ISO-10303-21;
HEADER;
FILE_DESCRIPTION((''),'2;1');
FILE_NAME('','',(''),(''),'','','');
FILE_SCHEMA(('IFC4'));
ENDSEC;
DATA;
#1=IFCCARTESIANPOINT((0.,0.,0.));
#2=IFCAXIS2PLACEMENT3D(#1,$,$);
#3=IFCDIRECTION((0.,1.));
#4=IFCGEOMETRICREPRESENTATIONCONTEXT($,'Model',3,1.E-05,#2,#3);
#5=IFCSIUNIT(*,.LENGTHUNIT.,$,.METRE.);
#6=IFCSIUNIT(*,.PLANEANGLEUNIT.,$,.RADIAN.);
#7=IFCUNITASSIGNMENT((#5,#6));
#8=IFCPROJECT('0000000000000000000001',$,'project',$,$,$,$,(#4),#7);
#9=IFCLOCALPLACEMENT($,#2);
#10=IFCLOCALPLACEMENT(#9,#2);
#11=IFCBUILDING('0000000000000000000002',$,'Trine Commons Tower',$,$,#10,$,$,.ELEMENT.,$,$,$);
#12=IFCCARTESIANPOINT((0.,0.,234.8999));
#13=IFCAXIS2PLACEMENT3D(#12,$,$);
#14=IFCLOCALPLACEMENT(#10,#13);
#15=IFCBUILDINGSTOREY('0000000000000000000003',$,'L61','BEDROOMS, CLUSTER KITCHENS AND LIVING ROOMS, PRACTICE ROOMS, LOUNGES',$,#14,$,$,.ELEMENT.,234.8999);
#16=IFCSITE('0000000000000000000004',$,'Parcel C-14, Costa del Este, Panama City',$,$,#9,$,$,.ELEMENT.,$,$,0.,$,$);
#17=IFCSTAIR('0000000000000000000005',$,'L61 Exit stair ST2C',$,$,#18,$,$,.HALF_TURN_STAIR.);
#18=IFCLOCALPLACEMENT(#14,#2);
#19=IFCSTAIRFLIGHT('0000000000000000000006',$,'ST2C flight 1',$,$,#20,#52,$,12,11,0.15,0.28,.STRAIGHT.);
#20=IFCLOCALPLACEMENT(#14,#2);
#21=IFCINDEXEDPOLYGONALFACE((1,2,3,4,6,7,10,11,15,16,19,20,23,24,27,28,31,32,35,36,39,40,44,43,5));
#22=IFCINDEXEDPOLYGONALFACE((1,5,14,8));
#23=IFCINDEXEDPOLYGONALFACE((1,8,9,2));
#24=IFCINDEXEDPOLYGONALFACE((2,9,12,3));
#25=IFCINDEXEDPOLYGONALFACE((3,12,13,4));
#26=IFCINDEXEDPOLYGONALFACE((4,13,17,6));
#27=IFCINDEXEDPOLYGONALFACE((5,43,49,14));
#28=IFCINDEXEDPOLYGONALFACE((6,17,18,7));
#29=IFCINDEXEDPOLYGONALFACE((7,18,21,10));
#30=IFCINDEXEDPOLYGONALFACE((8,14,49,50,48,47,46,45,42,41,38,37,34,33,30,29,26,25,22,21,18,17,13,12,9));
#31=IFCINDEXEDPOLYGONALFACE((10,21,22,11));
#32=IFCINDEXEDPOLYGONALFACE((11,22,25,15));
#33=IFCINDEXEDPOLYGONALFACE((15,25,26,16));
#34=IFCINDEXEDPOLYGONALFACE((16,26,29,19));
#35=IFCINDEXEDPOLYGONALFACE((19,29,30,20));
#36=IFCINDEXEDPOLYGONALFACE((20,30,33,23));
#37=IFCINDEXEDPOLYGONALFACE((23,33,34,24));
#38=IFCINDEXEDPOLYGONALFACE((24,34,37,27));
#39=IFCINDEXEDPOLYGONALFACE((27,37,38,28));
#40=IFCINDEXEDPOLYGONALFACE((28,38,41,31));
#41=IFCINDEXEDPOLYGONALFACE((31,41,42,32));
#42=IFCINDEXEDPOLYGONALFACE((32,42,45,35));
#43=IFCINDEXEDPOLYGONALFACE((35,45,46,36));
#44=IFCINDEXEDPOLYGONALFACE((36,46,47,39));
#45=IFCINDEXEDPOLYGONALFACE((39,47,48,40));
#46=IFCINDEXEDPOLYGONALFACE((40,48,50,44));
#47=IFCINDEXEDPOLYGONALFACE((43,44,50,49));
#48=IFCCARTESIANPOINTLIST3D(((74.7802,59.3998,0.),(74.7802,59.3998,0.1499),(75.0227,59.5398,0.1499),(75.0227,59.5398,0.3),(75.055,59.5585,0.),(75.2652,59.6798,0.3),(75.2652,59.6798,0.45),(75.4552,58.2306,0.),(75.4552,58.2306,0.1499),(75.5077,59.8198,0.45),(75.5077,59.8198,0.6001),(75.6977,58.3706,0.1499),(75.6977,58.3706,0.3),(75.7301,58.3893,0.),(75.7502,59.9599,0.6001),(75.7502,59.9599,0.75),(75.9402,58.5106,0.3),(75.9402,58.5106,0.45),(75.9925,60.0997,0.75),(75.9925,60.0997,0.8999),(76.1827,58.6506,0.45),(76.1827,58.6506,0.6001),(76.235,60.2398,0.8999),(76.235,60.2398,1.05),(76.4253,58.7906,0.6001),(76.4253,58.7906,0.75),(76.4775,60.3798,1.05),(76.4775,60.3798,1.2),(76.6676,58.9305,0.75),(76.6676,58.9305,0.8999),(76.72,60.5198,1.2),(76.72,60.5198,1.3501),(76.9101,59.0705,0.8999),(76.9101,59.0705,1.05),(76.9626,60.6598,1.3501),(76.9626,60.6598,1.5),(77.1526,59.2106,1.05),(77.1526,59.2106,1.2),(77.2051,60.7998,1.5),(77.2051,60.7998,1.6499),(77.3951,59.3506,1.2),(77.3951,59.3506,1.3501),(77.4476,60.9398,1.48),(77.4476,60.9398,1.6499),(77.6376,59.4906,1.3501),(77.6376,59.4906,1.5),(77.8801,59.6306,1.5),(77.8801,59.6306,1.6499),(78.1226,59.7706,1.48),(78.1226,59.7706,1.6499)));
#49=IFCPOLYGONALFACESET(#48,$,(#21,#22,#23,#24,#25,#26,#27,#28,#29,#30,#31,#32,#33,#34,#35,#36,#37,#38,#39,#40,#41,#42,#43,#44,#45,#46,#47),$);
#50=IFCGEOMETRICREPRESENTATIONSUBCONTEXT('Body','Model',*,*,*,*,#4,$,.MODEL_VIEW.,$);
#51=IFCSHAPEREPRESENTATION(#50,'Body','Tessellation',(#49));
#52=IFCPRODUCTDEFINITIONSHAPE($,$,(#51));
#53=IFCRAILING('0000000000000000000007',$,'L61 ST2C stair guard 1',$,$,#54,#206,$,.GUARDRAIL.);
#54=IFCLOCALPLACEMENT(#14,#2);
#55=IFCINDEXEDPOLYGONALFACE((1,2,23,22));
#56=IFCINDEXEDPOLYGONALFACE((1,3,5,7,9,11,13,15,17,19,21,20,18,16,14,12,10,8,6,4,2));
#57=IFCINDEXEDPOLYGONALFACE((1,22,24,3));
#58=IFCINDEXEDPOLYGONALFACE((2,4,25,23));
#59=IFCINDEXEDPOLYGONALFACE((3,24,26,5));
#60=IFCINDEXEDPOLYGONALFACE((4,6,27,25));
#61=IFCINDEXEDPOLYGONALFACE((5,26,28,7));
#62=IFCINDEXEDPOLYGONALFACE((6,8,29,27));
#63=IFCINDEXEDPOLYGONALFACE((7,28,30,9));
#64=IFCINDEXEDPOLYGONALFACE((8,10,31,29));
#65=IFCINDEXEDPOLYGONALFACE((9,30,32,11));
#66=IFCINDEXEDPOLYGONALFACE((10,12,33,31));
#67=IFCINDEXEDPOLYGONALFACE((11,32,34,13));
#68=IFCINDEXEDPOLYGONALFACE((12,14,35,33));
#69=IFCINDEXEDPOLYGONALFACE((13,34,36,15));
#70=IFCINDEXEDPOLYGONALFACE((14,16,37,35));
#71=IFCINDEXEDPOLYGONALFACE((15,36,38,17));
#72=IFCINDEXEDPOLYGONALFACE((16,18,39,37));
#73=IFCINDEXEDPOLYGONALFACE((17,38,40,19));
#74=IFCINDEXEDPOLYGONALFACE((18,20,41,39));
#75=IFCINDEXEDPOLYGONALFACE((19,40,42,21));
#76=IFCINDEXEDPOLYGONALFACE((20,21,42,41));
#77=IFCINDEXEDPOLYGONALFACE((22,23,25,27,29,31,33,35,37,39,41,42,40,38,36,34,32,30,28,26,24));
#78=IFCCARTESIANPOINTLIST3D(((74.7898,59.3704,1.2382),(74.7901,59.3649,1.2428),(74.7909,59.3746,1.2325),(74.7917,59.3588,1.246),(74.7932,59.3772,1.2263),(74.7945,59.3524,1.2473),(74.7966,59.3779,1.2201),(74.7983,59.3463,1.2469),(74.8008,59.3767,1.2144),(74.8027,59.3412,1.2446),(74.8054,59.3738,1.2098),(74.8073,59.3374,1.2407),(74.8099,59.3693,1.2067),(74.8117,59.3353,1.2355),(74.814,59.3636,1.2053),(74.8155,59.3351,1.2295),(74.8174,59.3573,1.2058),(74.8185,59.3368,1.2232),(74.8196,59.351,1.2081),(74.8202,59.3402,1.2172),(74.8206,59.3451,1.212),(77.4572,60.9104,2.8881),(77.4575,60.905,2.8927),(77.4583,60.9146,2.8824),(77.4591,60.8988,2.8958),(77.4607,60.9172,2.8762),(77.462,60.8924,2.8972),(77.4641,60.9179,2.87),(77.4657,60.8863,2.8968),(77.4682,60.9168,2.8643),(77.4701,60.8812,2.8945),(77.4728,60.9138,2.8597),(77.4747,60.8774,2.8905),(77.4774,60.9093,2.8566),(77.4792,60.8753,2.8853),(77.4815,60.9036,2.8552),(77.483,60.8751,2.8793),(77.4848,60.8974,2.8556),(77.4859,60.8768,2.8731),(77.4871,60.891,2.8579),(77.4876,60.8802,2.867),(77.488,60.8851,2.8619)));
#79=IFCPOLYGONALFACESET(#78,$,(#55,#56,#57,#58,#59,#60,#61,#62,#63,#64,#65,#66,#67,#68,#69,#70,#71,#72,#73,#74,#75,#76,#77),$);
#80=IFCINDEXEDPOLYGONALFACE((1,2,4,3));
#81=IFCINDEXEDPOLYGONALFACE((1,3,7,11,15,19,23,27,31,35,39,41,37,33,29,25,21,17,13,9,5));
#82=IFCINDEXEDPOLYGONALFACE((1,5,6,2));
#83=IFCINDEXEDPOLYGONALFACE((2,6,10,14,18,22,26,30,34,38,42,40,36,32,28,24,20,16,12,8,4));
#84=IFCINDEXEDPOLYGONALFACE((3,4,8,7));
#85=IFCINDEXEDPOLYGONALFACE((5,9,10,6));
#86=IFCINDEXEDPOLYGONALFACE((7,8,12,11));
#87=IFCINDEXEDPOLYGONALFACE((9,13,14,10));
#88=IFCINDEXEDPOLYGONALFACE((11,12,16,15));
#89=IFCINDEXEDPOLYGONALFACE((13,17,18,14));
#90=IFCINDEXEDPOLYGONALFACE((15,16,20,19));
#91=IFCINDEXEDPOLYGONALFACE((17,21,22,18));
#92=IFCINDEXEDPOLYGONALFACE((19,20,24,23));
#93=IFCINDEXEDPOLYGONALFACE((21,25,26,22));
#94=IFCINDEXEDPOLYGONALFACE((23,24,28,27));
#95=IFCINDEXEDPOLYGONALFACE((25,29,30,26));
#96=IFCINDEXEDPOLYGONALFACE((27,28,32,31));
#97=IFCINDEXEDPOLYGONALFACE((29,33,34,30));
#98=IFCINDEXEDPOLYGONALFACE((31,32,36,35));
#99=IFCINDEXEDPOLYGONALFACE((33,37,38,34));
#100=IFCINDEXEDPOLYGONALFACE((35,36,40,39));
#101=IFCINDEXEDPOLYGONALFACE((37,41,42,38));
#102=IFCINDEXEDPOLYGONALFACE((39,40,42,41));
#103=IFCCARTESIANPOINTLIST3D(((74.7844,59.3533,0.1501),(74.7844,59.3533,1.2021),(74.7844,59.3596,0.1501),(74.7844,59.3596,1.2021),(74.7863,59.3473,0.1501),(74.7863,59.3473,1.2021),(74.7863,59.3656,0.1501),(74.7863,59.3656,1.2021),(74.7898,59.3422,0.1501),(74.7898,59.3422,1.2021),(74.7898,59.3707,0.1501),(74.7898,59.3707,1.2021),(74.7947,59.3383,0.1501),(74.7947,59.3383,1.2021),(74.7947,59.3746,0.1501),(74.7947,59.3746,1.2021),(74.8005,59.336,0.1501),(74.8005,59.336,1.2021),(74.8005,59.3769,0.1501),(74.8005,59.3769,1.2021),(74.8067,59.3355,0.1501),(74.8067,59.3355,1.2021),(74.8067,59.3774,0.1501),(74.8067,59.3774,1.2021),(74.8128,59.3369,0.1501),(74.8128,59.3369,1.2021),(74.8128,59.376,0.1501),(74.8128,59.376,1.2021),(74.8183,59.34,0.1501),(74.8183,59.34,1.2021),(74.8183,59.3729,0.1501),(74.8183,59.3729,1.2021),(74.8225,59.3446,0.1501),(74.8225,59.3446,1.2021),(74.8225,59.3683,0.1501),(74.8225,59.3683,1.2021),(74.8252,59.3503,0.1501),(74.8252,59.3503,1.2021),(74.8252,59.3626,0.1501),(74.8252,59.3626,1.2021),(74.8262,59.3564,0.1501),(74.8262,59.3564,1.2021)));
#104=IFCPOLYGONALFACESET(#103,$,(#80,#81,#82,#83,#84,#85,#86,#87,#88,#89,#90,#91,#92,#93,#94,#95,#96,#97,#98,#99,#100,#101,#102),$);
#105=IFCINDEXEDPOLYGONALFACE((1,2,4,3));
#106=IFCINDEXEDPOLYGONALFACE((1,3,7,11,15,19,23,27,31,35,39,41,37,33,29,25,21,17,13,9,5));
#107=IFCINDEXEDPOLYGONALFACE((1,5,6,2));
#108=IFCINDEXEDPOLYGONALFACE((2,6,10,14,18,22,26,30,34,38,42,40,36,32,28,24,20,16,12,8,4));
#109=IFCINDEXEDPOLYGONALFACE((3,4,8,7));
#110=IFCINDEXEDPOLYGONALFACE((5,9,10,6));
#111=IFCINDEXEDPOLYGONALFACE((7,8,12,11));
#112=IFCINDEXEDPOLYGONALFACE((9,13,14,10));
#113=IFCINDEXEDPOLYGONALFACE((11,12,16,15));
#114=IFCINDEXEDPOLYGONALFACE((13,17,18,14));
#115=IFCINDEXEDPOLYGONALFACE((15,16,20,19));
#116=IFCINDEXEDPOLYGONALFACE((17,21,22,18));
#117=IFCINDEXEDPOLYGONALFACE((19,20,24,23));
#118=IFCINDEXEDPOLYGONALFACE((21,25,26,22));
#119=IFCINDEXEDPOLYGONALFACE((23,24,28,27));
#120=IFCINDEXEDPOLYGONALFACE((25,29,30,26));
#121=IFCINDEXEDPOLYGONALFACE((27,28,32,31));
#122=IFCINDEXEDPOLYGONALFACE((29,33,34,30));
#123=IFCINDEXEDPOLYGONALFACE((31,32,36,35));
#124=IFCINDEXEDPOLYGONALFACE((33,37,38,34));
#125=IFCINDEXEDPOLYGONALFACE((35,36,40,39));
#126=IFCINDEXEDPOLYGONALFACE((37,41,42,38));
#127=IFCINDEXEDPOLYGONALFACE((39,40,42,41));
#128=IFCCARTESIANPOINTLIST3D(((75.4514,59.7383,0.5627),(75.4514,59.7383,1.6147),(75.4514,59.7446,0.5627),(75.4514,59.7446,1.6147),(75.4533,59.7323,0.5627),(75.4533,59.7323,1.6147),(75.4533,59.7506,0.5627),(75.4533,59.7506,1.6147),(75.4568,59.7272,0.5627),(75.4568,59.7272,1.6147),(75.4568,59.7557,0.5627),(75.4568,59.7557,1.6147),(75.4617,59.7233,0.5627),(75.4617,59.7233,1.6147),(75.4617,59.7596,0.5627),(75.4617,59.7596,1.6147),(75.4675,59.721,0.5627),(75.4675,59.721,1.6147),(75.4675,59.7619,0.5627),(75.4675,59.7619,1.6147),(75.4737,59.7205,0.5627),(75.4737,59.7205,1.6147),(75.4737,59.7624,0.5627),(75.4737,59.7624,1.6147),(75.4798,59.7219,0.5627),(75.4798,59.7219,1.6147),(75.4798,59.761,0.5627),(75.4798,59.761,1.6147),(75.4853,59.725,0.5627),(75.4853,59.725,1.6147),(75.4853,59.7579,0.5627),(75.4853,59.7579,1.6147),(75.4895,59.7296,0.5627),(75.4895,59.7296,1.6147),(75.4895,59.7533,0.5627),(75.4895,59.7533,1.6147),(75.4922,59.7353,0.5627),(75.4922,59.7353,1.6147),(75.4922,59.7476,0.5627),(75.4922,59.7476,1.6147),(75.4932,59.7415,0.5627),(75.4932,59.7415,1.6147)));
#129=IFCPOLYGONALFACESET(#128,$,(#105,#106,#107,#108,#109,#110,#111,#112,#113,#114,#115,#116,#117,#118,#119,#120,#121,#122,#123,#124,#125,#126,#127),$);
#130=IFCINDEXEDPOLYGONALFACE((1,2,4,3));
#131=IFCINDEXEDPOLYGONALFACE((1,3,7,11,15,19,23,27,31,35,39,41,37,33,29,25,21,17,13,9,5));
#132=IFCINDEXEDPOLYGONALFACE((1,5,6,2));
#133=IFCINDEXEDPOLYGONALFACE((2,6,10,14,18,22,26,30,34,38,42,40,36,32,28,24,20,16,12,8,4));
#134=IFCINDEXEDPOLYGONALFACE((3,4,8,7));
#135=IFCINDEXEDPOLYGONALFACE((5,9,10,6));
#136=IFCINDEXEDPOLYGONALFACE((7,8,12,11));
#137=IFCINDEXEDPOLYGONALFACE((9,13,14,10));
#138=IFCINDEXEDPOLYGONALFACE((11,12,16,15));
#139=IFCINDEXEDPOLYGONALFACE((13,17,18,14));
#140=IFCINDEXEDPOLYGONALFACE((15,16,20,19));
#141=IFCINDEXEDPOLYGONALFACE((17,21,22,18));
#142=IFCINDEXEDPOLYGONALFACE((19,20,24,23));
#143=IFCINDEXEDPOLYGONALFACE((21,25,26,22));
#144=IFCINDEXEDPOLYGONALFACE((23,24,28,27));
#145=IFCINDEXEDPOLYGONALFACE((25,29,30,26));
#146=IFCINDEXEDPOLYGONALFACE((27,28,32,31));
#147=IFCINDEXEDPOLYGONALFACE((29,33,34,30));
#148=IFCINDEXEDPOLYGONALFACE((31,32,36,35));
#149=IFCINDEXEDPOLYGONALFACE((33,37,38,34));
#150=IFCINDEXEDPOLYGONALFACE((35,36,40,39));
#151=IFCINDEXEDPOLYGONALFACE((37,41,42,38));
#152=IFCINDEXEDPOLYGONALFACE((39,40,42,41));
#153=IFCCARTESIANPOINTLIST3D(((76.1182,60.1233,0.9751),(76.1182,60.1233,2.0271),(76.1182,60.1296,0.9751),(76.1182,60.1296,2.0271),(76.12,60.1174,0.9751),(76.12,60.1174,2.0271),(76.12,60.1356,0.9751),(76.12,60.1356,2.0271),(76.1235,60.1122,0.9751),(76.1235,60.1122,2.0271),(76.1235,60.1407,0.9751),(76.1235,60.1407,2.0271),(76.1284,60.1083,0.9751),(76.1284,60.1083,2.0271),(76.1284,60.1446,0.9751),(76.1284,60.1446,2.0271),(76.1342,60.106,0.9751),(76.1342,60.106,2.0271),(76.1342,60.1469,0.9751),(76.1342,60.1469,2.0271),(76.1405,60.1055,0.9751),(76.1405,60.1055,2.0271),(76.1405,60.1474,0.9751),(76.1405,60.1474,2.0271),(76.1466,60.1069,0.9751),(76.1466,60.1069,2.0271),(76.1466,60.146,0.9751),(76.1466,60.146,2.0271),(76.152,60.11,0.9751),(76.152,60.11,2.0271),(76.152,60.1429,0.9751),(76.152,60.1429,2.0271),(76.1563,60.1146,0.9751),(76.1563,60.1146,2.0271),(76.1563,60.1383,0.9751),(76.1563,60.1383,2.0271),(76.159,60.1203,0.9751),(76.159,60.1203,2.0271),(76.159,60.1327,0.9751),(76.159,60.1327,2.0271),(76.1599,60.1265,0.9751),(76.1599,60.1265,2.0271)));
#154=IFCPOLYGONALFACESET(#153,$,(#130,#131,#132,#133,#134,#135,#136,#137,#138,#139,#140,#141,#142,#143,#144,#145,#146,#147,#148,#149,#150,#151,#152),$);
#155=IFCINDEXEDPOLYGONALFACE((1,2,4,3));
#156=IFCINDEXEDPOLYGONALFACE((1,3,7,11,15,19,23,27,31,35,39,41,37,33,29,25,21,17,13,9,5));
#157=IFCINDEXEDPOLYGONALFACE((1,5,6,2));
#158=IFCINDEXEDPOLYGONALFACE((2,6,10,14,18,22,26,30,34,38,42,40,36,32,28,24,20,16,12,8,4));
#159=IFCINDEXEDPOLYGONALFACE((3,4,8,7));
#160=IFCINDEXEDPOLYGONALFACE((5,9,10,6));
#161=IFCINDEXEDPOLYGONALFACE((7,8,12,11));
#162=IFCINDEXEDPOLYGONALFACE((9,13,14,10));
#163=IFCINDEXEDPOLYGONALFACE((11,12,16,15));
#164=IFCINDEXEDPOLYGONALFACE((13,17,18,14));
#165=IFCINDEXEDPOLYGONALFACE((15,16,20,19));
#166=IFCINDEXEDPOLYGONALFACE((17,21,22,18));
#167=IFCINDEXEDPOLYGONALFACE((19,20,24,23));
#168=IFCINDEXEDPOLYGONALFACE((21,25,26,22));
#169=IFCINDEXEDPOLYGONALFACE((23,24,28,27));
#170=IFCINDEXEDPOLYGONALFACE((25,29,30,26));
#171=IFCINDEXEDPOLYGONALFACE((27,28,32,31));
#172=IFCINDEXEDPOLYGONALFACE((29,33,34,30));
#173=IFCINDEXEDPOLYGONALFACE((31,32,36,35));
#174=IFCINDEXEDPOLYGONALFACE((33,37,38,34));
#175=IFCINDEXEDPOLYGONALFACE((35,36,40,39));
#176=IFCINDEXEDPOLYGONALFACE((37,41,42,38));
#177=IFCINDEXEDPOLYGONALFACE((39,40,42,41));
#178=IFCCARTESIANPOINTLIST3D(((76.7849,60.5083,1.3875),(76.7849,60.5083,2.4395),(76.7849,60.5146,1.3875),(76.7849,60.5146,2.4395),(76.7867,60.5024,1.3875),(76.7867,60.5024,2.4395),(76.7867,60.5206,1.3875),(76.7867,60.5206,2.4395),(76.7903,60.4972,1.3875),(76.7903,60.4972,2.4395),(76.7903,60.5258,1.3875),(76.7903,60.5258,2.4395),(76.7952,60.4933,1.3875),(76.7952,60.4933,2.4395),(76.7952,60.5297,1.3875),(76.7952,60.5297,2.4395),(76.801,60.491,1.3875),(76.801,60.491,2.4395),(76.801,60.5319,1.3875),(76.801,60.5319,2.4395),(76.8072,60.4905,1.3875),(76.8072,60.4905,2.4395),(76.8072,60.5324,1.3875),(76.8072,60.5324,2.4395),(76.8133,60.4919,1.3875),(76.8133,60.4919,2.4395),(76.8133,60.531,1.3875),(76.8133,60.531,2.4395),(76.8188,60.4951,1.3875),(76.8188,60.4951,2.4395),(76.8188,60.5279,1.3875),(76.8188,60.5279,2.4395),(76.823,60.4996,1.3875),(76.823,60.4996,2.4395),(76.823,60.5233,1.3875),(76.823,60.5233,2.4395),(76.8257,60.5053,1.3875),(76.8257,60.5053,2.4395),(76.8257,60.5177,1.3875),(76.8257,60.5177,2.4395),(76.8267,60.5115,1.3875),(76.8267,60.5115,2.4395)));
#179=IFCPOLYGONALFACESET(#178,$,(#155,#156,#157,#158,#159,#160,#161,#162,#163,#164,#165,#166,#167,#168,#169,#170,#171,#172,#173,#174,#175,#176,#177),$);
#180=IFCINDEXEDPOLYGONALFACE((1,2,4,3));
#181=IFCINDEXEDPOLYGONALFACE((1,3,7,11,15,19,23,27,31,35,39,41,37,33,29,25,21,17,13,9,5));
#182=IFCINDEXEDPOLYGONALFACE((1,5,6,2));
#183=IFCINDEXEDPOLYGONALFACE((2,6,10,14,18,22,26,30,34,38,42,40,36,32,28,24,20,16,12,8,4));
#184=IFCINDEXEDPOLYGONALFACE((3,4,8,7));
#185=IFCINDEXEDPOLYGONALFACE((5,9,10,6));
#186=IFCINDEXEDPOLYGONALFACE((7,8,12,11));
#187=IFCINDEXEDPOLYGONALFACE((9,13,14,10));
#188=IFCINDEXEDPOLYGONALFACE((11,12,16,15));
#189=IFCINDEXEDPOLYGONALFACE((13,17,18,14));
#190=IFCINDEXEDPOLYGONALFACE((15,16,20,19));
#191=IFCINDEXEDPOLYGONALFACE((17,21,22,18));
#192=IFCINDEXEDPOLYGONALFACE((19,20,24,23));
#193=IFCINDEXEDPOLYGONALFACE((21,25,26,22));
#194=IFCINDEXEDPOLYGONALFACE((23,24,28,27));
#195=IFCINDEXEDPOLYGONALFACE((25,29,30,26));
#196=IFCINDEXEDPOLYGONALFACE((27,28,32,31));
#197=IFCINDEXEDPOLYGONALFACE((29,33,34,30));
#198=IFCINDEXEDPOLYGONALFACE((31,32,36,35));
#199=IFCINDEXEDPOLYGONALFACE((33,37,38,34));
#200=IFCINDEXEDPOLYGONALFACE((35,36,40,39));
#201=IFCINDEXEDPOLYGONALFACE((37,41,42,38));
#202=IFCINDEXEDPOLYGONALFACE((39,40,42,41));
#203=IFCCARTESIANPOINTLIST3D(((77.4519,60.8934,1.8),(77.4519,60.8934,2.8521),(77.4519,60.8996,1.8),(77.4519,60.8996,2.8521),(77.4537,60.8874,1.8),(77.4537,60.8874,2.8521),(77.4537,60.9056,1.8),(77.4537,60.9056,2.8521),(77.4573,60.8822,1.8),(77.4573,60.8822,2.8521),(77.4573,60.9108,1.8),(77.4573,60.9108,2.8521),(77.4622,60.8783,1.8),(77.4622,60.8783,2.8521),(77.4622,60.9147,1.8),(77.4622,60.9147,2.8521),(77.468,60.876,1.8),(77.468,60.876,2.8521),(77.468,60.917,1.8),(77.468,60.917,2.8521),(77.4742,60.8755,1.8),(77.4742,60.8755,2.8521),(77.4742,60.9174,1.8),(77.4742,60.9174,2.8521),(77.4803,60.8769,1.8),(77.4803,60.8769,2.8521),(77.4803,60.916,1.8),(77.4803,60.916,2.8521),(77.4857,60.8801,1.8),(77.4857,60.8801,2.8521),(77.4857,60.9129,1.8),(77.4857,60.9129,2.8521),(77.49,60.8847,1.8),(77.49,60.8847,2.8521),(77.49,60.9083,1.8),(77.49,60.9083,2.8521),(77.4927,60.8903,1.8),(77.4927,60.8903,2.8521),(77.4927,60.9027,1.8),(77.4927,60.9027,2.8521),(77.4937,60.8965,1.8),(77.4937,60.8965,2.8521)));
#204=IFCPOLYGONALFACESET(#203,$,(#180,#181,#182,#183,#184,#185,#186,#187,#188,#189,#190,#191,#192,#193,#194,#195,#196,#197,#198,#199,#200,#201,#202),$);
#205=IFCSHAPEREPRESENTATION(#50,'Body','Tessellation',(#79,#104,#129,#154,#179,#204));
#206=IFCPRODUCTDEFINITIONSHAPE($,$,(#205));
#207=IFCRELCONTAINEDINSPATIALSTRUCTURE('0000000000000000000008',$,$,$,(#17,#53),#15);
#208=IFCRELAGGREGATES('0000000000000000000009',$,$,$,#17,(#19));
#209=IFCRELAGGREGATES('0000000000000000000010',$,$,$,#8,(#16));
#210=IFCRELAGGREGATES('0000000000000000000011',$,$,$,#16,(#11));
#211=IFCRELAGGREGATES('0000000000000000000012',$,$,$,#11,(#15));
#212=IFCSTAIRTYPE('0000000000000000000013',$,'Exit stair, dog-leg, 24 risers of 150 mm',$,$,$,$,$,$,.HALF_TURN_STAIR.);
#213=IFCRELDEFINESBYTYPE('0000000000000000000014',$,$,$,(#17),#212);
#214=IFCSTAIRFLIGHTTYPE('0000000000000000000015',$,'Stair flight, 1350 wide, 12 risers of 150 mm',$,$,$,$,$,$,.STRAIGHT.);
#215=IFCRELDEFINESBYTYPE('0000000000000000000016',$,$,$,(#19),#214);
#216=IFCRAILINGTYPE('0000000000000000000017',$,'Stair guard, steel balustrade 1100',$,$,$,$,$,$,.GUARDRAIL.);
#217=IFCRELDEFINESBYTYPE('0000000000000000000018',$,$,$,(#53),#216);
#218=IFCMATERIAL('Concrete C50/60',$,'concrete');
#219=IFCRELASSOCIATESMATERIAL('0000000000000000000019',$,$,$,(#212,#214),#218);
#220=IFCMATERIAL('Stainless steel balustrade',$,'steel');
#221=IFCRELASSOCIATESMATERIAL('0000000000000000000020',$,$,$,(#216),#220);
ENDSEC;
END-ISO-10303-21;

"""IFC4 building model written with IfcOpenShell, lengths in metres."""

from ifc_helpers import new_model, si_unit, direction, frame, origin, origin_2d, place, context, subcontext, project, spatial, polyline, circle, outline, extrude, material, type_object, element, aggregate, save


model = new_model("IFC4")

# Units and contexts
model_context = context("Model", 3, precision=1e-05, world=origin(), true_north=direction((0.0, 1.0)))
body_context = subcontext(model_context, "Body", "Model", "MODEL_VIEW")
ifc_project = project(units=[si_unit("LENGTHUNIT", "METRE"), si_unit("PLANEANGLEUNIT", "RADIAN")], contexts=[model_context])

# Site, building, storey
site_placement = place(None, origin())
site = spatial("IfcSite", under=ifc_project, at=site_placement, Name="Parcel C-14, Costa del Este, Panama City", CompositionType="ELEMENT", RefElevation=0.0)
building_placement = place(site_placement, origin())
building = spatial("IfcBuilding", under=site, at=building_placement, Name="Trine Commons Tower", CompositionType="ELEMENT")
storey_placement = place(building_placement, frame((0.0, 0.0, 234.8999)))
storey = spatial("IfcBuildingStorey", under=building, at=storey_placement, Name="L61", Description="BEDROOMS, CLUSTER KITCHENS AND LIVING ROOMS, PRACTICE ROOMS, LOUNGES", CompositionType="ELEMENT", Elevation=234.8999)

# Shared definitions
ifc_material_1 = material(Name="Concrete C50/60", Category="concrete")

# Stair, stair flight
stair_type = type_object("IfcStairType", Name="Exit stair, dog-leg, 24 risers of 150 mm", PredefinedType="HALF_TURN_STAIR", material=ifc_material_1)
stair_placement = place(storey_placement, origin())
stair = element("IfcStair", 1, at=stair_placement, inside=storey, type_object=stair_type, Name="L61 Exit stair ST2C", PredefinedType="HALF_TURN_STAIR")
stair_flight_type = type_object("IfcStairFlightType", Name="Stair flight, 1350 wide, 12 risers of 150 mm", PredefinedType="STRAIGHT", material=ifc_material_1)
stair_flight_placement = place(storey_placement, frame((75.1177, 58.8152, 0.0), z_axis=(0.0, 0.0, 1.0), x_axis=(0.866025, 0.5, 0.0)))
stair_flight = element("IfcStairFlight", 2, at=stair_flight_placement, type_object=stair_flight_type, Name="ST2C flight 1", NumberOfRisers=12, NumberOfTreads=11, PredefinedType="STRAIGHT", RiserHeight=0.15, TreadLength=0.28, context=body_context, shape_type="SweptSolid", body=[
    extrude(outline(polyline([(0.0, 0.0), (0.0, 0.1499), (0.28, 0.1499), (0.28, 0.3), (0.5601, 0.3), (0.5601, 0.45), (0.8401, 0.45), (0.8401, 0.6001), (1.1201, 0.6001), (1.1201, 0.75), (1.3999, 0.75), (1.3999, 0.8999), (1.6799, 0.8999), (1.6799, 1.05), (1.96, 1.05), (1.96, 1.2), (2.24, 1.2), (2.24, 1.3501), (2.52, 1.3501), (2.52, 1.5), (2.8, 1.5), (2.8, 1.6499), (3.0801, 1.6499), (3.0801, 1.8), (3.0801, 1.48), (0.3174, 0.0), (0.0, 0.0)])), frame((0.0, 0.675, 0.0), z_axis=(0.0, -1.0, 0.0), x_axis=(1.0, 0.0, 0.0)), (0.0, 0.0, 1.0), 1.3501),
])
aggregate(stair, [stair_flight])

# Railing
ifc_material_2 = material(Name="Stainless steel balustrade", Category="steel")
railing_type_1 = type_object("IfcRailingType", Name="Stair guard, steel balustrade 1100", PredefinedType="GUARDRAIL", material=ifc_material_2)
railing_1_placement = place(storey_placement, frame((74.8052, 59.3564, 0.1501)))
element("IfcRailing", 3, at=railing_1_placement, inside=storey, type_object=railing_type_1, Name="L61 ST2C stair guard 1", PredefinedType="GUARDRAIL", context=body_context, shape_type="SweptSolid", body=[
    extrude(circle(Radius=0.0239, at=origin_2d()), frame((0.0, 0.0, 1.0762), z_axis=(0.763405, 0.440743, 0.472185), x_axis=(-0.499992, 0.86603, 0.0)), (0.0, 0.0, 1.0), 3.4941),
    extrude(circle(Radius=0.021, at=origin_2d()), origin(), (0.0, 0.0, 1.0), 1.052),
    extrude(circle(Radius=0.021, at=origin_2d()), frame((0.667, 0.385, 0.4126)), (0.0, 0.0, 1.0), 1.052),
    extrude(circle(Radius=0.021, at=origin_2d()), frame((1.3337, 0.77, 0.825)), (0.0, 0.0, 1.0), 1.052),
    extrude(circle(Radius=0.021, at=origin_2d()), frame((2.0005, 1.155, 1.2373)), (0.0, 0.0, 1.0), 1.052),
    extrude(circle(Radius=0.021, at=origin_2d()), frame((2.6675, 1.54, 1.6499)), (0.0, 0.0, 1.0), 1.052),
])

save(model, "model.ifc")
